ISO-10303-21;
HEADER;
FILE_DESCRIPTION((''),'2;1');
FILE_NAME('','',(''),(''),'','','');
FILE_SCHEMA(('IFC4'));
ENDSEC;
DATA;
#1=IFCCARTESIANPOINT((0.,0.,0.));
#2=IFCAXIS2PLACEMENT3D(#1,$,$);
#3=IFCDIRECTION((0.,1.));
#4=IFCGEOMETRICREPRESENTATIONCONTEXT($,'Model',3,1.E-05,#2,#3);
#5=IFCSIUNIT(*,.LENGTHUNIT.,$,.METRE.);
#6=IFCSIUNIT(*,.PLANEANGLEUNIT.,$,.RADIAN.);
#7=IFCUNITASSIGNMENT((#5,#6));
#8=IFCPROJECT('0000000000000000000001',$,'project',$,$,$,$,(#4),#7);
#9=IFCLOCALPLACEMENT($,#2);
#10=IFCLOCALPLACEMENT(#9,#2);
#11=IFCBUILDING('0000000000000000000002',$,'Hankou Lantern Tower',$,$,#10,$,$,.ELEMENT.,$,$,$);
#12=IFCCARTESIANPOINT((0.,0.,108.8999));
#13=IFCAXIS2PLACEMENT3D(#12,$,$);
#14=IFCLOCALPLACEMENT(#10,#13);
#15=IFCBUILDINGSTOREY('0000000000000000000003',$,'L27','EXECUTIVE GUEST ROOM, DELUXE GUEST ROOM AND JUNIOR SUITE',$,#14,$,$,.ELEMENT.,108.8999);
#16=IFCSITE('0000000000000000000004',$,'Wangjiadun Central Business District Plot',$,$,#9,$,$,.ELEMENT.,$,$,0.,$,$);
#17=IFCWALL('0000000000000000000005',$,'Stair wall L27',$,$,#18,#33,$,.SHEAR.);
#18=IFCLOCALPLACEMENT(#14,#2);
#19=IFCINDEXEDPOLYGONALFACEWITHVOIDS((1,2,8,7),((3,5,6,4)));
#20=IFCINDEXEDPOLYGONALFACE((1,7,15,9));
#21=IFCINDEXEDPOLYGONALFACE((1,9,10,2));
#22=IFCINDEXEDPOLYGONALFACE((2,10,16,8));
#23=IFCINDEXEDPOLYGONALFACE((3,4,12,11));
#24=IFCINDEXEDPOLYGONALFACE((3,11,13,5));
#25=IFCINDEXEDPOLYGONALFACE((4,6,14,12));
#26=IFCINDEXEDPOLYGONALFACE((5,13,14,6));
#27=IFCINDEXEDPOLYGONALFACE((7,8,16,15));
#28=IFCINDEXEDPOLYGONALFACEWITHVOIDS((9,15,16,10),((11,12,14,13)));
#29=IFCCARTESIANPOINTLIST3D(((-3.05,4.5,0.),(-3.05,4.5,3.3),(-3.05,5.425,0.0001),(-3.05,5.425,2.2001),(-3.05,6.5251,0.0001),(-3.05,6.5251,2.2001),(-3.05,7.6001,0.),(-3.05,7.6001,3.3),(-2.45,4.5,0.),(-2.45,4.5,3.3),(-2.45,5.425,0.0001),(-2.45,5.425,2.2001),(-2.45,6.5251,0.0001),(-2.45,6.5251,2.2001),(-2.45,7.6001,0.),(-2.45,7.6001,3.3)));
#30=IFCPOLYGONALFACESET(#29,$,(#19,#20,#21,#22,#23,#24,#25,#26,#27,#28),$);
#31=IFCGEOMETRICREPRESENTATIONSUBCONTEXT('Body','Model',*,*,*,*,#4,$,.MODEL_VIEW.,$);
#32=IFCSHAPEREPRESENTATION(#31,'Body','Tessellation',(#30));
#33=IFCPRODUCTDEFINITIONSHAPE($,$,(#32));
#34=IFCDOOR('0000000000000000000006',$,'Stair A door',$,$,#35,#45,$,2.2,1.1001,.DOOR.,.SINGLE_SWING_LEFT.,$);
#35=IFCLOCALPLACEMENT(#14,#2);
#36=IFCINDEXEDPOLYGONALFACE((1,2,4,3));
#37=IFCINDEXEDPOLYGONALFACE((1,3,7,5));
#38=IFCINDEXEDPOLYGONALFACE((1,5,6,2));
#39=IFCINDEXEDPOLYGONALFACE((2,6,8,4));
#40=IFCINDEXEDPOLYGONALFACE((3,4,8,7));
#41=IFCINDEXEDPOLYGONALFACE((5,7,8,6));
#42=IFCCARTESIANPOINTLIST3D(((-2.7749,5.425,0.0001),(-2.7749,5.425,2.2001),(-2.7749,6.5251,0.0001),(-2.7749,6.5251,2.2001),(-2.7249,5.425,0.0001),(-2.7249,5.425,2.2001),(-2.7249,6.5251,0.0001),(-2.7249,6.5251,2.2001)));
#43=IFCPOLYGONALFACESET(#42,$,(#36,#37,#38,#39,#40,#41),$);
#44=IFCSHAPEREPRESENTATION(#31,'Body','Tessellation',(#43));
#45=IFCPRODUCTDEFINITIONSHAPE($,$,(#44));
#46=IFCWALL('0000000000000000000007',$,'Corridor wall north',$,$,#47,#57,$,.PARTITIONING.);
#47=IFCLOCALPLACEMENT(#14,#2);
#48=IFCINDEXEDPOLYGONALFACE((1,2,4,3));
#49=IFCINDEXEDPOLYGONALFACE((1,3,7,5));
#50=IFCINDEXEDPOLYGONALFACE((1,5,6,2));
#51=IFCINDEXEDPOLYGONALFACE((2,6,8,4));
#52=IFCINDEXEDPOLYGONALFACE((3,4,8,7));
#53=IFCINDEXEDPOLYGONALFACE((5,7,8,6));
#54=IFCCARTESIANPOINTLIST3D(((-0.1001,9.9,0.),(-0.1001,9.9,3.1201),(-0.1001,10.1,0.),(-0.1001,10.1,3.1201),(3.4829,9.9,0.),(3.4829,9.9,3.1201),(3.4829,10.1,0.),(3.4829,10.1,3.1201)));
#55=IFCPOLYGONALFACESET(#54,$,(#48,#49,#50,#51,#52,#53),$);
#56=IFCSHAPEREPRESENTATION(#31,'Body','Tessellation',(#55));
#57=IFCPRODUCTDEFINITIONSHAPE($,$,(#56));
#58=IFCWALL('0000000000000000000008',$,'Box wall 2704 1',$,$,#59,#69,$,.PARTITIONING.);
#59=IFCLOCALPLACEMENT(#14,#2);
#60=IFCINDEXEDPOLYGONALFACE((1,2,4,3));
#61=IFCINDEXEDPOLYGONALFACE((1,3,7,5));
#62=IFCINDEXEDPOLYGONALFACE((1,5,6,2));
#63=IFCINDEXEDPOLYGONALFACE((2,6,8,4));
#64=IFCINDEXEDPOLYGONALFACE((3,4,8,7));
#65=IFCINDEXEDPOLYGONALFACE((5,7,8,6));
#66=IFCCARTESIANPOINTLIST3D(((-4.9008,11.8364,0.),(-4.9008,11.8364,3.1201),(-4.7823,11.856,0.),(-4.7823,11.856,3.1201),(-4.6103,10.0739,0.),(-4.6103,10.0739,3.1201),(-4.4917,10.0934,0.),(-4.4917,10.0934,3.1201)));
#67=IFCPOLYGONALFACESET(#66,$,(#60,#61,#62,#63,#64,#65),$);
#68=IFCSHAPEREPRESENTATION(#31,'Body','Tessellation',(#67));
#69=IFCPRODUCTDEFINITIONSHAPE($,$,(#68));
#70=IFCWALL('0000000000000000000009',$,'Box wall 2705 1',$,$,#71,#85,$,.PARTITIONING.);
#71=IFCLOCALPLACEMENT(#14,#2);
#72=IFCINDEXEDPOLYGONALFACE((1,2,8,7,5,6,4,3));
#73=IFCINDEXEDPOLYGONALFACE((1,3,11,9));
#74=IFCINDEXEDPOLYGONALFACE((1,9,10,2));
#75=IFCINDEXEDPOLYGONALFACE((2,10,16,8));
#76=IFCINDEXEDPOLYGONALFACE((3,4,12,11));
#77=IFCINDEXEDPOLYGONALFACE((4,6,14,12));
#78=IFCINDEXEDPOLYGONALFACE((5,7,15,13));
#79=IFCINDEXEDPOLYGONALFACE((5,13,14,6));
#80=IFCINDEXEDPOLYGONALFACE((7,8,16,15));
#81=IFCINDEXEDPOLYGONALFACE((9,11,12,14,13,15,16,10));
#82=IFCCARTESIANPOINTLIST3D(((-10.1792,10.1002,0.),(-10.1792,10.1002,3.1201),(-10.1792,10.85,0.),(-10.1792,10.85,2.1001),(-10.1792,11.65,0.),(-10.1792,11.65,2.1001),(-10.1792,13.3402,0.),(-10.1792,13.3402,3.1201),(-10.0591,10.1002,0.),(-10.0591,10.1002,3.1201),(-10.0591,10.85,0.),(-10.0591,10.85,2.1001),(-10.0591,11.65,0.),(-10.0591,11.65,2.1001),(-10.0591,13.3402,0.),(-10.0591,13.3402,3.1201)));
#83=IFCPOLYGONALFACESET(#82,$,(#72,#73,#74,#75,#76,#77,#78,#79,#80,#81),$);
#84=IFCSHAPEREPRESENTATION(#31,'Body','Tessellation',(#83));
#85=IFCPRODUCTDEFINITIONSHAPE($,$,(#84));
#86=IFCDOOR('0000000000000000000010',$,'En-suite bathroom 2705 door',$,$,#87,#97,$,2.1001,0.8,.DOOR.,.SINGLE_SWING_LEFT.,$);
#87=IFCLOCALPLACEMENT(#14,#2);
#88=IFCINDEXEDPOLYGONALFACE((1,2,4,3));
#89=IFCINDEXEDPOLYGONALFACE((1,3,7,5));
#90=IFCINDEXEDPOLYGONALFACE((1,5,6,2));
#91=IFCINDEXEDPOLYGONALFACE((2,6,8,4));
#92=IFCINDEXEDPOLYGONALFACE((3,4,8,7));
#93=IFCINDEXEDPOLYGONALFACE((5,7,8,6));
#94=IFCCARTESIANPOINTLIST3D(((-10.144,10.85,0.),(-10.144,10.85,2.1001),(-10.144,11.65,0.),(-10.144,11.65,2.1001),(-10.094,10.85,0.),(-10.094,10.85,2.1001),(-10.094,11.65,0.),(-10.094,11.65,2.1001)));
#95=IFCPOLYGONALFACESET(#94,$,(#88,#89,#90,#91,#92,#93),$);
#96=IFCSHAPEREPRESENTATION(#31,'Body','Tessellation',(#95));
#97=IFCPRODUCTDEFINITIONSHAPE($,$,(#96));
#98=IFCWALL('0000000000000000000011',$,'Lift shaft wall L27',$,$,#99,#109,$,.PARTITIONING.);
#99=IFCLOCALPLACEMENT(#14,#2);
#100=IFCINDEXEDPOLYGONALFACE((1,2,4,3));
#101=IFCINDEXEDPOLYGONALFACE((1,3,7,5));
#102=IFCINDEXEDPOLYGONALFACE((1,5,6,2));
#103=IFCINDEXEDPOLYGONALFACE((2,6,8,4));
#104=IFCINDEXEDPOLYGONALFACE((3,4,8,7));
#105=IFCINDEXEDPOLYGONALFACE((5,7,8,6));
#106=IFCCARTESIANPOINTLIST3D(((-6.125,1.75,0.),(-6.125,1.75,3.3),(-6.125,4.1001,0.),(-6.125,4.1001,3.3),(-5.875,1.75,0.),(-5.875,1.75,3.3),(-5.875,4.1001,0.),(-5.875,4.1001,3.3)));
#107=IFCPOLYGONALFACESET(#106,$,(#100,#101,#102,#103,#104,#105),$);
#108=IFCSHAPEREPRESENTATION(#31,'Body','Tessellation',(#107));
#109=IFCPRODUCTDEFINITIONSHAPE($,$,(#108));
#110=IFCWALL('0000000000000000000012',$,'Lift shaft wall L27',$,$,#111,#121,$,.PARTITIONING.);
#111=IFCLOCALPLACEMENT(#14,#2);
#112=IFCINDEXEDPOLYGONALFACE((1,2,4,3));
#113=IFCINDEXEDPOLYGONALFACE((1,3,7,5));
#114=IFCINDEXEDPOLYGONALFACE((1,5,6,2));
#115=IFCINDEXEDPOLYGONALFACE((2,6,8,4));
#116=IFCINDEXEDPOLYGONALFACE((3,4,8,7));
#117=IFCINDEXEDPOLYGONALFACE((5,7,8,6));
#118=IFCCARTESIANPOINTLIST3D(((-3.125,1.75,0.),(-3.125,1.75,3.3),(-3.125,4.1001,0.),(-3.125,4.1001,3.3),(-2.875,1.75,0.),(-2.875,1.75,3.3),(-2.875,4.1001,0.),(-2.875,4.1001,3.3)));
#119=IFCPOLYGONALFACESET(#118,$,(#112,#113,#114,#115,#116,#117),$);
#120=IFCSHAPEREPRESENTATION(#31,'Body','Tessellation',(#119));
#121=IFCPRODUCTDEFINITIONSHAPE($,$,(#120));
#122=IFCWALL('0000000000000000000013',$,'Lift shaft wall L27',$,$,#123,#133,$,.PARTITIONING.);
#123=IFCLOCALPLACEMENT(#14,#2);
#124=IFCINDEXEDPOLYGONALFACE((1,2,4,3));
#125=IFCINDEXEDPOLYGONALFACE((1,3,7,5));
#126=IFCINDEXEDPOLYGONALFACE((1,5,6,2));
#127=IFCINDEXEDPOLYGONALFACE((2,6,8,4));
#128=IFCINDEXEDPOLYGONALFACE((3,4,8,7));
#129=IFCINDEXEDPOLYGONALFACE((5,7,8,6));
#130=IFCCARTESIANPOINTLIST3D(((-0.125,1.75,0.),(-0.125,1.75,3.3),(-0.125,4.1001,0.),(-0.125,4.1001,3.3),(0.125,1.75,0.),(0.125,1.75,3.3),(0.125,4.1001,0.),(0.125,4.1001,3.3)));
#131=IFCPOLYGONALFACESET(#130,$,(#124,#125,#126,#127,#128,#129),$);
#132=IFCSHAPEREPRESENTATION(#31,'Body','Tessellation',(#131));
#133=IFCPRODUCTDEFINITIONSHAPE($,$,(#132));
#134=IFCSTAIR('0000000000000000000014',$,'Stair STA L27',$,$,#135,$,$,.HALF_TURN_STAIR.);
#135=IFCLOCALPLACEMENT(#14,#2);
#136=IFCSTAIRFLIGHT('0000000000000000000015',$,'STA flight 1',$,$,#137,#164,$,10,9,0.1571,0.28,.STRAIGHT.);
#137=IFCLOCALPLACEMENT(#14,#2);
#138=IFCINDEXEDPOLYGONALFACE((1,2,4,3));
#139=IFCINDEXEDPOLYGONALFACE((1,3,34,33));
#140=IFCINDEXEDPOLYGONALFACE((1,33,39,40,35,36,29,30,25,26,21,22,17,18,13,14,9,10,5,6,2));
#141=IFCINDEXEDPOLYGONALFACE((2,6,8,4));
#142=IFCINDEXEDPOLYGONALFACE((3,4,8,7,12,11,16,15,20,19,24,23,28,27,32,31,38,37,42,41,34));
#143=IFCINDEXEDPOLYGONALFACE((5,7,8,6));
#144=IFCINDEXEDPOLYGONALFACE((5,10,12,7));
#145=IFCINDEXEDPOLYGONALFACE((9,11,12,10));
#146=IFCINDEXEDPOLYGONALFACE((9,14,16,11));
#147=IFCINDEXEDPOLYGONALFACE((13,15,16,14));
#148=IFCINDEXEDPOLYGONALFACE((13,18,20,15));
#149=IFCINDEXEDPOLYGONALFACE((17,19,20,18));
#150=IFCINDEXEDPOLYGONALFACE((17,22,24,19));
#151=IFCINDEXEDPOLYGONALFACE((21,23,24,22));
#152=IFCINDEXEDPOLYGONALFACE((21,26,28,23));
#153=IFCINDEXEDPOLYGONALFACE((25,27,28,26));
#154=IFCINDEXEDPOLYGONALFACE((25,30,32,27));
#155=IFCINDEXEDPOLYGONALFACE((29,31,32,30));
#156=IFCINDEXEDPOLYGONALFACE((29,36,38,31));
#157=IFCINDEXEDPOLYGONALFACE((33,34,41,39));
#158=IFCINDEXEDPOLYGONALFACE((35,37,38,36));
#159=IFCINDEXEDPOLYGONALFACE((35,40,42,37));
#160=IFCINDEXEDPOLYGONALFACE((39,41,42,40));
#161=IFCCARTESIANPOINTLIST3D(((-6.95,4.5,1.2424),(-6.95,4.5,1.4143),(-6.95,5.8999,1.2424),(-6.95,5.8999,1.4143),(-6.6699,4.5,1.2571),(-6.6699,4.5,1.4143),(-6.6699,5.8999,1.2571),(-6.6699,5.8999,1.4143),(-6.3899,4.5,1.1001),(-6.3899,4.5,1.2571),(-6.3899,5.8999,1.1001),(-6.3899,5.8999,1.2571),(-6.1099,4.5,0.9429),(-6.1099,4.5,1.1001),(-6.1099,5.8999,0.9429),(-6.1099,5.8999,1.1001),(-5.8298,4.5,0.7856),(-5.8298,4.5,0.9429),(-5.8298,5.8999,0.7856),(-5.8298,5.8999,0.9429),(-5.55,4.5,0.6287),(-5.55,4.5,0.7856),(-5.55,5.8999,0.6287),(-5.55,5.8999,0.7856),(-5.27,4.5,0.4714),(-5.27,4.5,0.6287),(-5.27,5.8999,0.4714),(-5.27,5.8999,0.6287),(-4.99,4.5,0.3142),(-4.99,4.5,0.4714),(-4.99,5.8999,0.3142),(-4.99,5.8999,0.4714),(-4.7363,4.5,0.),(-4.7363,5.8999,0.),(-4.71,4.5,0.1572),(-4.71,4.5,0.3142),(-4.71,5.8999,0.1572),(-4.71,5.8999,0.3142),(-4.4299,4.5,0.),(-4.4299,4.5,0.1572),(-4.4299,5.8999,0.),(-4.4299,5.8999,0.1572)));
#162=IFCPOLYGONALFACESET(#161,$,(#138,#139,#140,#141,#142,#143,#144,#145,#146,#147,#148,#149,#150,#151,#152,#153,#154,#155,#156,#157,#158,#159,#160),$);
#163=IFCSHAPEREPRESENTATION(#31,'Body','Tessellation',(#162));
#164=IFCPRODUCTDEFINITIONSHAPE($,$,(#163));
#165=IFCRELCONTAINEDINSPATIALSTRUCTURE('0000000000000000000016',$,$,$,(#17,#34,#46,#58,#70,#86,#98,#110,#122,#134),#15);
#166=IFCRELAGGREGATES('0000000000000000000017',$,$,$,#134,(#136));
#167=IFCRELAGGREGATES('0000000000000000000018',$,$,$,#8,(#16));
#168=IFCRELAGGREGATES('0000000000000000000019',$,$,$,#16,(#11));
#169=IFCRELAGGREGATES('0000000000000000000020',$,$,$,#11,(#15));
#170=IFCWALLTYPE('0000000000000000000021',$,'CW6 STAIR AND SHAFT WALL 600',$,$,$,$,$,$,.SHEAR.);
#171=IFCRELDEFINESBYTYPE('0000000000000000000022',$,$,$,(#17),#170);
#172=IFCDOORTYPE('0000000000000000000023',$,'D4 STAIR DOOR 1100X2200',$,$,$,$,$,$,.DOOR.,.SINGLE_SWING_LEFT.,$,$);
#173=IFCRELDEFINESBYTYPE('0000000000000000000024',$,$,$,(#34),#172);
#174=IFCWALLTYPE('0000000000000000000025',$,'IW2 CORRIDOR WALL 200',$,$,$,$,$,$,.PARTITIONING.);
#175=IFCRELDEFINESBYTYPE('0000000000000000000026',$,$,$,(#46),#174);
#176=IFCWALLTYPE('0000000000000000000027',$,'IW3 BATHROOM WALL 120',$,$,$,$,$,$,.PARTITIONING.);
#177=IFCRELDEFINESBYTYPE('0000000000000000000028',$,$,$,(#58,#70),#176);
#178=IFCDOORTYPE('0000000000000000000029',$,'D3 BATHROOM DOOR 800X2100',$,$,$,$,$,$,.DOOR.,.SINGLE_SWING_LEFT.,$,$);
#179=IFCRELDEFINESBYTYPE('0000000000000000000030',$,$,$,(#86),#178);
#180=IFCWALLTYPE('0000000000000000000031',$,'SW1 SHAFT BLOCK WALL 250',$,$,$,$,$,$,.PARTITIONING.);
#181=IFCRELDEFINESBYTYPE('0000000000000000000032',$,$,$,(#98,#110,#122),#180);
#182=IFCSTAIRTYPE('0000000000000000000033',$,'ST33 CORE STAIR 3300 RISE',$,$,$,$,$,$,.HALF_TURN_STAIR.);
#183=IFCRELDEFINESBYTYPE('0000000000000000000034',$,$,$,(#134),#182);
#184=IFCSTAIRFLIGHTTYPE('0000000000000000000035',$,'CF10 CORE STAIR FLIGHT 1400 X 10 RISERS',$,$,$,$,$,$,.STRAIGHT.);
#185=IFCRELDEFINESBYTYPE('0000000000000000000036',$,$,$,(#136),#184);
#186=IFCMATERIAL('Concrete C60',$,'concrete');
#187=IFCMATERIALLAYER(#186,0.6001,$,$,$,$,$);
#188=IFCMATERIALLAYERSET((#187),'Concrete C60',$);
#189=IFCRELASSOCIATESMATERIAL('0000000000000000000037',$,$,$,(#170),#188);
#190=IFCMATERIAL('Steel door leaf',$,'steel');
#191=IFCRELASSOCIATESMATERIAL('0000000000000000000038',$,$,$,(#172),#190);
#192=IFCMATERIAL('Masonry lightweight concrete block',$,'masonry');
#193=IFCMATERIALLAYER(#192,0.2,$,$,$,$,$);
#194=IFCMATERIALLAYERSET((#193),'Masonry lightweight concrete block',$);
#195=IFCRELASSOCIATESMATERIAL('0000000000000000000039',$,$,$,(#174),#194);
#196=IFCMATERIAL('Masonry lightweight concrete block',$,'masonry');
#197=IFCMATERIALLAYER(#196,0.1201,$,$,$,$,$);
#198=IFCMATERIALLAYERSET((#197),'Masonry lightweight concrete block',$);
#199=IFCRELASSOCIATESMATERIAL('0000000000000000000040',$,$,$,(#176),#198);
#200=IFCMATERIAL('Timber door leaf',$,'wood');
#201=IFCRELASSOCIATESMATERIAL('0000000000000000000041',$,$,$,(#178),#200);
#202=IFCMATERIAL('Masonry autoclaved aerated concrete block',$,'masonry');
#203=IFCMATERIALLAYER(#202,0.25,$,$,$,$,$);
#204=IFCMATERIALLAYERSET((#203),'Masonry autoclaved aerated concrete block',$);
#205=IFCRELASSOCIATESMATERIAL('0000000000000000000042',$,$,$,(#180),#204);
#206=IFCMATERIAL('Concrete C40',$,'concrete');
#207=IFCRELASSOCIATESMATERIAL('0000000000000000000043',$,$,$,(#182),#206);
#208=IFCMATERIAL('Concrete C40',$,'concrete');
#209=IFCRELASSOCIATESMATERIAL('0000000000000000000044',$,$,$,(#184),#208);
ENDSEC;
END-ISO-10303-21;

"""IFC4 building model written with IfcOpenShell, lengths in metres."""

from ifc_helpers import new_model, si_unit, direction, frame, frame_2d, origin, place, context, subcontext, project, spatial, polyline, rectangle, outline, extrude, material, layer, layer_set, type_object, element, fill, aggregate, save


model = new_model("IFC4")

# Units and contexts
model_context = context("Model", 3, precision=1e-05, world=origin(), true_north=direction((0.0, 1.0)))
body_context = subcontext(model_context, "Body", "Model", "MODEL_VIEW")
ifc_project = project(units=[si_unit("LENGTHUNIT", "METRE"), si_unit("PLANEANGLEUNIT", "RADIAN")], contexts=[model_context])

# Site, building, storey
site_placement = place(None, origin())
site = spatial("IfcSite", under=ifc_project, at=site_placement, Name="Wangjiadun Central Business District Plot", CompositionType="ELEMENT", RefElevation=0.0)
building_placement = place(site_placement, origin())
building = spatial("IfcBuilding", under=site, at=building_placement, Name="Hankou Lantern Tower", CompositionType="ELEMENT")
storey_placement = place(building_placement, frame((0.0, 0.0, 108.8999)))
storey = spatial("IfcBuildingStorey", under=building, at=storey_placement, Name="L27", Description="EXECUTIVE GUEST ROOM, DELUXE GUEST ROOM AND JUNIOR SUITE", CompositionType="ELEMENT", Elevation=108.8999)

# Wall, opening, door
ifc_material_1 = material(Name="Concrete C60", Category="concrete")
ifc_layer_1 = layer(ifc_material_1, 0.6001)
ifc_layer_set_1 = layer_set([ifc_layer_1], Name="Concrete C60")
wall_type_1 = type_object("IfcWallType", Name="CW6 STAIR AND SHAFT WALL 600", PredefinedType="SHEAR", material=ifc_layer_set_1)
wall_1_placement = place(storey_placement, frame((-2.75, 4.5, 0.0), z_axis=(0.0, 0.0, 1.0), x_axis=(0.0, 1.0, 0.0)))
wall_1 = element("IfcWall", 1, at=wall_1_placement, inside=storey, type_object=wall_type_1, Name="Stair wall L27", PredefinedType="SHEAR", context=body_context, shape_type="SweptSolid", body=[
    extrude(rectangle(XDim=3.1001, YDim=0.6001, at=frame_2d((1.55, 0.0))), origin(), (0.0, 0.0, 1.0), 3.3),
])
opening_1_placement = place(wall_1_placement, frame((0.925, 0.0, 0.0)))
opening_1 = element("IfcOpeningElement", 2, at=opening_1_placement, cuts=wall_1, PredefinedType="OPENING", context=body_context, shape_type="SweptSolid", body=[
    extrude(rectangle(XDim=1.1001, YDim=2.2, at=frame_2d((0.55, 1.1001))), frame((0.0, 0.3101, 0.0), z_axis=(0.0, -1.0, 0.0), x_axis=(1.0, 0.0, 0.0)), (0.0, 0.0, 1.0), 0.6201),
])
ifc_material_2 = material(Name="Steel door leaf", Category="steel")
door_type_1 = type_object("IfcDoorType", Name="D4 STAIR DOOR 1100X2200", OperationType="SINGLE_SWING_LEFT", PredefinedType="DOOR", material=ifc_material_2)
door_1_placement = place(opening_1_placement, origin())
door_1 = element("IfcDoor", 3, at=door_1_placement, inside=storey, type_object=door_type_1, Name="Stair A door", OperationType="SINGLE_SWING_LEFT", OverallHeight=2.2, OverallWidth=1.1001, PredefinedType="DOOR", context=body_context, shape_type="SweptSolid", body=[
    extrude(rectangle(XDim=1.1001, YDim=2.2, at=frame_2d((0.55, 1.1001))), frame((0.0, 0.0249, 0.0), z_axis=(0.0, -1.0, 0.0), x_axis=(1.0, 0.0, 0.0)), (0.0, 0.0, 1.0), 0.05),
])
fill(opening_1, door_1)

# Walls
ifc_material_3 = material(Name="Masonry lightweight concrete block", Category="masonry")
ifc_layer_2 = layer(ifc_material_3, 0.2)
ifc_layer_set_2 = layer_set([ifc_layer_2], Name="Masonry lightweight concrete block")
wall_type_2 = type_object("IfcWallType", Name="IW2 CORRIDOR WALL 200", PredefinedType="PARTITIONING", material=ifc_layer_set_2)
wall_2_placement = place(storey_placement, frame((-0.1001, 10.0, 0.0), z_axis=(0.0, 0.0, 1.0), x_axis=(1.0, 0.0, 0.0)))
element("IfcWall", 4, at=wall_2_placement, inside=storey, type_object=wall_type_2, Name="Corridor wall north", PredefinedType="PARTITIONING", context=body_context, shape_type="SweptSolid", body=[
    extrude(rectangle(XDim=3.583, YDim=0.2, at=frame_2d((1.7915, 0.0))), origin(), (0.0, 0.0, 1.0), 3.1201),
])
ifc_material_4 = material(Name="Masonry lightweight concrete block", Category="masonry")
ifc_layer_3 = layer(ifc_material_4, 0.1201)
ifc_layer_set_3 = layer_set([ifc_layer_3], Name="Masonry lightweight concrete block")
wall_type_3 = type_object("IfcWallType", Name="IW3 BATHROOM WALL 120", PredefinedType="PARTITIONING", material=ifc_layer_set_3)
wall_3_placement = place(storey_placement, frame((-4.551, 10.0837, 0.0), z_axis=(0.0, 0.0, 1.0), x_axis=(-0.162626, 0.986688, 0.0)))
element("IfcWall", 5, at=wall_3_placement, inside=storey, type_object=wall_type_3, Name="Box wall 2704 1", PredefinedType="PARTITIONING", context=body_context, shape_type="SweptSolid", body=[
    extrude(rectangle(XDim=1.7864, YDim=0.1201, at=frame_2d((0.8931, 0.0))), origin(), (0.0, 0.0, 1.0), 3.1201),
])

# Wall, opening, door
wall_4_placement = place(storey_placement, frame((-10.1191, 10.1001, 0.0), z_axis=(0.0, 0.0, 1.0), x_axis=(0.0, 1.0, 0.0)))
wall_4 = element("IfcWall", 6, at=wall_4_placement, inside=storey, type_object=wall_type_3, Name="Box wall 2705 1", PredefinedType="PARTITIONING", context=body_context, shape_type="SweptSolid", body=[
    extrude(rectangle(XDim=3.24, YDim=0.1201, at=frame_2d((1.6201, 0.0))), origin(), (0.0, 0.0, 1.0), 3.1201),
])
opening_2_placement = place(wall_4_placement, frame((0.75, 0.0, 0.0)))
opening_2 = element("IfcOpeningElement", 7, at=opening_2_placement, cuts=wall_4, PredefinedType="OPENING", context=body_context, shape_type="SweptSolid", body=[
    extrude(rectangle(XDim=0.8, YDim=2.1001, at=frame_2d((0.3999, 1.05))), frame((0.0, 0.0701, 0.0), z_axis=(0.0, -1.0, 0.0), x_axis=(1.0, 0.0, 0.0)), (0.0, 0.0, 1.0), 0.1401),
])
ifc_material_5 = material(Name="Timber door leaf", Category="wood")
door_type_2 = type_object("IfcDoorType", Name="D3 BATHROOM DOOR 800X2100", OperationType="SINGLE_SWING_LEFT", PredefinedType="DOOR", material=ifc_material_5)
door_2_placement = place(opening_2_placement, origin())
door_2 = element("IfcDoor", 8, at=door_2_placement, inside=storey, type_object=door_type_2, Name="En-suite bathroom 2705 door", OperationType="SINGLE_SWING_LEFT", OverallHeight=2.1001, OverallWidth=0.8, PredefinedType="DOOR", context=body_context, shape_type="SweptSolid", body=[
    extrude(rectangle(XDim=0.8, YDim=2.1001, at=frame_2d((0.3999, 1.05))), frame((0.0, 0.0249, 0.0), z_axis=(0.0, -1.0, 0.0), x_axis=(1.0, 0.0, 0.0)), (0.0, 0.0, 1.0), 0.05),
])
fill(opening_2, door_2)

# Walls
ifc_material_6 = material(Name="Masonry autoclaved aerated concrete block", Category="masonry")
ifc_layer_4 = layer(ifc_material_6, 0.25)
ifc_layer_set_4 = layer_set([ifc_layer_4], Name="Masonry autoclaved aerated concrete block")
wall_type_4 = type_object("IfcWallType", Name="SW1 SHAFT BLOCK WALL 250", PredefinedType="PARTITIONING", material=ifc_layer_set_4)
for number, where, z_axis, x_axis, name in (
    (9, (-6.0, 1.75, 0.0), (0.0, 0.0, 1.0), (0.0, 1.0, 0.0), "Lift shaft wall L27"),
    (10, (-3.0, 1.75, 0.0), (0.0, 0.0, 1.0), (0.0, 1.0, 0.0), "Lift shaft wall L27"),
    (11, (0.0, 1.75, 0.0), (0.0, 0.0, 1.0), (0.0, 1.0, 0.0), "Lift shaft wall L27"),
):
    element("IfcWall", number, at=place(storey_placement, frame(where, z_axis=z_axis, x_axis=x_axis)), inside=storey, type_object=wall_type_4, Name=name, PredefinedType="PARTITIONING", context=body_context, shape_type="SweptSolid", body=[
        extrude(rectangle(XDim=2.3501, YDim=0.25, at=frame_2d((1.175, 0.0))), origin(), (0.0, 0.0, 1.0), 3.3),
    ])

# Stair, stair flight
ifc_material_7 = material(Name="Concrete C40", Category="concrete")
stair_type = type_object("IfcStairType", Name="ST33 CORE STAIR 3300 RISE", PredefinedType="HALF_TURN_STAIR", material=ifc_material_7)
stair_placement = place(storey_placement, origin())
stair = element("IfcStair", 12, at=stair_placement, inside=storey, type_object=stair_type, Name="Stair STA L27", PredefinedType="HALF_TURN_STAIR")
ifc_material_8 = material(Name="Concrete C40", Category="concrete")
stair_flight_type_1 = type_object("IfcStairFlightType", Name="CF10 CORE STAIR FLIGHT 1400 X 10 RISERS", PredefinedType="STRAIGHT", material=ifc_material_8)
stair_flight_1_placement = place(storey_placement, frame((-4.4299, 5.2, 0.0), z_axis=(0.0, 0.0, 1.0), x_axis=(-1.0, 0.0, 0.0)))
stair_flight_1 = element("IfcStairFlight", 13, at=stair_flight_1_placement, type_object=stair_flight_type_1, Name="STA flight 1", NumberOfRisers=10, NumberOfTreads=9, PredefinedType="STRAIGHT", RiserHeight=0.1571, TreadLength=0.28, context=body_context, shape_type="SweptSolid", body=[
    extrude(outline(polyline([(0.0, 0.0), (0.0, 0.1572), (0.28, 0.1572), (0.28, 0.3142), (0.5601, 0.3142), (0.5601, 0.4714), (0.8401, 0.4714), (0.8401, 0.6287), (1.1201, 0.6287), (1.1201, 0.7856), (1.3999, 0.7856), (1.3999, 0.9429), (1.6799, 0.9429), (1.6799, 1.1001), (1.96, 1.1001), (1.96, 1.2571), (2.24, 1.2571), (2.24, 1.4143), (2.52, 1.4143), (2.52, 1.5715), (2.52, 1.2424), (0.3064, 0.0), (0.0, 0.0)])), frame((0.0, 0.7, 0.0), z_axis=(0.0, -1.0, 0.0), x_axis=(1.0, 0.0, 0.0)), (0.0, 0.0, 1.0), 1.3999),
])
aggregate(stair, [stair_flight_1])

save(model, "model.ifc")
